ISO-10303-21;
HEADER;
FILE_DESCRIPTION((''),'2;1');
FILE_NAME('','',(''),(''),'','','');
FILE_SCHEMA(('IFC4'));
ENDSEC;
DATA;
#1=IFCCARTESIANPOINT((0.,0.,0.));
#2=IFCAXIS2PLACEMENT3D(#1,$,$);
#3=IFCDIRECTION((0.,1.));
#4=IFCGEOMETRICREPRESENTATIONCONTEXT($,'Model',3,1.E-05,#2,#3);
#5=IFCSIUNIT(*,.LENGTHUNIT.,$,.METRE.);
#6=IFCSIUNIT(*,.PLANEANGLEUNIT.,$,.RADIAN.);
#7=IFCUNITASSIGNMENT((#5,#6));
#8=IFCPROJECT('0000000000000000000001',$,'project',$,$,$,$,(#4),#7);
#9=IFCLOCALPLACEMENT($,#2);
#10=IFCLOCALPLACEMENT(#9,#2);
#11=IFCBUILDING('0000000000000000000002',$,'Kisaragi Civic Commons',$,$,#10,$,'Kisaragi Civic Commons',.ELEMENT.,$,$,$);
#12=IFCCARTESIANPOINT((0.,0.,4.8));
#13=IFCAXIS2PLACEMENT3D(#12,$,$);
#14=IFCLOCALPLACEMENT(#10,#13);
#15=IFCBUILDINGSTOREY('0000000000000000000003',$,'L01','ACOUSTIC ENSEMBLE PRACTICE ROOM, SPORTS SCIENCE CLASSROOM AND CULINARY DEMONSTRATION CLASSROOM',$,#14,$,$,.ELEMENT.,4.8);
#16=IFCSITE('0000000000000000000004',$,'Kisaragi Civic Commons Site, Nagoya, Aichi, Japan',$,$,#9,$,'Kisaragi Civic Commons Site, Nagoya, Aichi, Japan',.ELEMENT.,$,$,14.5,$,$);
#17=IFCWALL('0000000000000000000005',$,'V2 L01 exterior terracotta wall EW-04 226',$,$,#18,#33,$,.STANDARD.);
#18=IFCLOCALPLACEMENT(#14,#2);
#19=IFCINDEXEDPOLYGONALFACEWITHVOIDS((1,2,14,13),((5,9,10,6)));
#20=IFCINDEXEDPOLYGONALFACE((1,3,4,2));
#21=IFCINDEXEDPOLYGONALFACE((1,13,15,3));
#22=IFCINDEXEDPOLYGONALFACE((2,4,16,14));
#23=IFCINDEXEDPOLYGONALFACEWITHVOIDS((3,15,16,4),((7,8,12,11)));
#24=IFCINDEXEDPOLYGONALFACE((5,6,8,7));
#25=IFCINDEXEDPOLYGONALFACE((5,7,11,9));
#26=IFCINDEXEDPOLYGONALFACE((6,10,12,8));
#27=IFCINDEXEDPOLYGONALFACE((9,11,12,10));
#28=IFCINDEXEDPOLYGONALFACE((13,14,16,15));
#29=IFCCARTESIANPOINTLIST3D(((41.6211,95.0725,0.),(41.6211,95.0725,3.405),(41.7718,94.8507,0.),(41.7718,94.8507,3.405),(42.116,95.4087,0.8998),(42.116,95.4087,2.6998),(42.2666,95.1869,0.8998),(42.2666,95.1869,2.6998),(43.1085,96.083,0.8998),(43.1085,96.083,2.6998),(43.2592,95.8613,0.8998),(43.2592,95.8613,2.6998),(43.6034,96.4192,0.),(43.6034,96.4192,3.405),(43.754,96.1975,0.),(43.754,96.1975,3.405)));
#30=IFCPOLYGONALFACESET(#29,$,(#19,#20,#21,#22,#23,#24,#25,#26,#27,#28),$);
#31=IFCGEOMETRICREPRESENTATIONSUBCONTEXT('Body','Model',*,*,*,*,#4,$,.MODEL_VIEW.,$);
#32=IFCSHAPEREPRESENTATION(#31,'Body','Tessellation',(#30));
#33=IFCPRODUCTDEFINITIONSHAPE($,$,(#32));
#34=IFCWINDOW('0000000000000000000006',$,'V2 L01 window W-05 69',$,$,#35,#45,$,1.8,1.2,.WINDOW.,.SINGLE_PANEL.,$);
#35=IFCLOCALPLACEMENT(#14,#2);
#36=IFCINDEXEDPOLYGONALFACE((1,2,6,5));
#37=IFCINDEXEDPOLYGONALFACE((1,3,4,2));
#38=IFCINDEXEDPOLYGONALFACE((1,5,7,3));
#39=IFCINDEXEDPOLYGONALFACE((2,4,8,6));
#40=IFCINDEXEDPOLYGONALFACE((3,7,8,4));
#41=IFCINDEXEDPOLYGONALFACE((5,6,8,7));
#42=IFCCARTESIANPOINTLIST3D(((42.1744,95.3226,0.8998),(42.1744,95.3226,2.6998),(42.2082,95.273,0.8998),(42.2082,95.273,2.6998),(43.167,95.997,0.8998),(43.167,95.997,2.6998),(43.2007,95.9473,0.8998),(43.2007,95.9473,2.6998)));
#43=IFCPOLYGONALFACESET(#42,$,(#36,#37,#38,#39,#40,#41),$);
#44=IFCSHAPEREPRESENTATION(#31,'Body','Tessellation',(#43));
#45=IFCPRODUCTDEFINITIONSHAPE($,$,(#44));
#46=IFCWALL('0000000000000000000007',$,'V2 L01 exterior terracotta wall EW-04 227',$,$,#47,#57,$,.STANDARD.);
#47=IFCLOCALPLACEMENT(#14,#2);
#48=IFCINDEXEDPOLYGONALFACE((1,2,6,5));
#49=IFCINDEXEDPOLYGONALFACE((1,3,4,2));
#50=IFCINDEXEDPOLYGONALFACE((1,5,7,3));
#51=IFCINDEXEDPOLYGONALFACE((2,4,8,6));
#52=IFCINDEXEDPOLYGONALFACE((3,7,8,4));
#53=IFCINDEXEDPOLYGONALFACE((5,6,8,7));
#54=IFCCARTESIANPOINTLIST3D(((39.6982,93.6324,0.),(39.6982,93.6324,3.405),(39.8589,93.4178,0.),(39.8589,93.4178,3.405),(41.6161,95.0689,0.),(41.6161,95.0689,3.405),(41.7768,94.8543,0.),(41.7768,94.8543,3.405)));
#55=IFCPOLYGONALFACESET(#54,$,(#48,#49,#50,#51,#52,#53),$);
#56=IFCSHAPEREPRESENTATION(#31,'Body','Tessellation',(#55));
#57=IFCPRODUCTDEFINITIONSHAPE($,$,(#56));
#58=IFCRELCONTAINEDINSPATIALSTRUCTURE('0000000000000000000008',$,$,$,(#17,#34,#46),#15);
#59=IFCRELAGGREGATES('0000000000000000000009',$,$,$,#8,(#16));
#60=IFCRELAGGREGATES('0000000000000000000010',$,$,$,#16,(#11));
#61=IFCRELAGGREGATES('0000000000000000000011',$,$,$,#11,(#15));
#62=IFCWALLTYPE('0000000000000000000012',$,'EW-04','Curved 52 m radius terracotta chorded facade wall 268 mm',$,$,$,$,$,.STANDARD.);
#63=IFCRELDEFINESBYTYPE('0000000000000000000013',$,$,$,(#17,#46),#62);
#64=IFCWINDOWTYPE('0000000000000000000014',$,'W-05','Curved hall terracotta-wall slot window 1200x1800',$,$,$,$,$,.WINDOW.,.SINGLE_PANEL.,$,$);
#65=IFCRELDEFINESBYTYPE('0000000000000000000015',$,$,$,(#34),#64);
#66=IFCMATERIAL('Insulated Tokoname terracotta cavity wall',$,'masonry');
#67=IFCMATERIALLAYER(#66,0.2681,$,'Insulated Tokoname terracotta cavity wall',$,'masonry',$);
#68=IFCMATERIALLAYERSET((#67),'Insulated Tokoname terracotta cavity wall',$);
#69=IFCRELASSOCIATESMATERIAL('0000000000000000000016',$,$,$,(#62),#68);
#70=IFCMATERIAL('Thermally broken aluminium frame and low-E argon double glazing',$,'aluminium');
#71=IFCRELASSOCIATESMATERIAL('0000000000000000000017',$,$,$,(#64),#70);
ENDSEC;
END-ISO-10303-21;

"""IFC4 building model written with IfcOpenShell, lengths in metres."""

from ifc_helpers import new_model, si_unit, direction, frame, frame_2d, origin, place, context, subcontext, project, spatial, rectangle, extrude, material, layer, layer_set, type_object, element, fill, save


model = new_model("IFC4")

# Units and contexts
model_context = context("Model", 3, precision=1e-05, world=origin(), true_north=direction((0.0, 1.0)))
body_context = subcontext(model_context, "Body", "Model", "MODEL_VIEW")
ifc_project = project(units=[si_unit("LENGTHUNIT", "METRE"), si_unit("PLANEANGLEUNIT", "RADIAN")], contexts=[model_context])

# Site, building, storey
site_placement = place(None, origin())
site = spatial("IfcSite", under=ifc_project, at=site_placement, Name="Kisaragi Civic Commons Site, Nagoya, Aichi, Japan", LongName="Kisaragi Civic Commons Site, Nagoya, Aichi, Japan", CompositionType="ELEMENT", RefElevation=14.5)
building_placement = place(site_placement, origin())
building = spatial("IfcBuilding", under=site, at=building_placement, Name="Kisaragi Civic Commons", LongName="Kisaragi Civic Commons", CompositionType="ELEMENT")
storey_placement = place(building_placement, frame((0.0, 0.0, 4.8)))
storey = spatial("IfcBuildingStorey", under=building, at=storey_placement, Name="L01", Description="ACOUSTIC ENSEMBLE PRACTICE ROOM, SPORTS SCIENCE CLASSROOM AND CULINARY DEMONSTRATION CLASSROOM", CompositionType="ELEMENT", Elevation=4.8)

# Shared definitions
ifc_material_1 = material(Name="Insulated Tokoname terracotta cavity wall", Category="masonry")
ifc_layer = layer(ifc_material_1, 0.2681, Name="Insulated Tokoname terracotta cavity wall", Category="masonry")
ifc_layer_set = layer_set([ifc_layer], Name="Insulated Tokoname terracotta cavity wall")
wall_type = type_object("IfcWallType", Name="EW-04", Description="Curved 52 m radius terracotta chorded facade wall 268 mm", PredefinedType="STANDARD", material=ifc_layer_set)

# Shared definitions
ifc_material_2 = material(Name="Thermally broken aluminium frame and low-E argon double glazing", Category="aluminium")
window_type = type_object("IfcWindowType", Name="W-05", Description="Curved hall terracotta-wall slot window 1200x1800", PartitioningType="SINGLE_PANEL", PredefinedType="WINDOW", material=ifc_material_2)

# Wall, opening, window
wall_1_placement = place(storey_placement, frame((43.6787, 96.3083, 0.0), z_axis=(0.0, 0.0, 1.0), x_axis=(-0.82716, -0.561967, 0.0)))
wall_1 = element("IfcWall", 1, at=wall_1_placement, inside=storey, type_object=wall_type, Name="V2 L01 exterior terracotta wall EW-04 226", PredefinedType="STANDARD", context=body_context, shape_type="SweptSolid", body=[
    extrude(rectangle(XDim=2.3965, YDim=0.2681, at=frame_2d((1.1982, 0.0))), origin(), (0.0, 0.0, 1.0), 3.405),
])
opening_1_placement = place(wall_1_placement, frame((0.5981, 0.0, 0.8999)))
opening_1 = element("IfcOpeningElement", 2, at=opening_1_placement, cuts=wall_1, PredefinedType="OPENING", context=body_context, shape_type="SweptSolid", body=[
    extrude(rectangle(XDim=1.2, YDim=1.8, at=frame_2d((0.6001, 0.8999))), frame((0.0, 0.144, 0.0), z_axis=(0.0, -1.0, 0.0), x_axis=(1.0, 0.0, 0.0)), (0.0, 0.0, 1.0), 0.2881),
])
window_1_placement = place(opening_1_placement, origin())
window_1 = element("IfcWindow", 3, at=window_1_placement, inside=storey, type_object=window_type, Name="V2 L01 window W-05 69", OverallHeight=1.8, OverallWidth=1.2, PartitioningType="SINGLE_PANEL", PredefinedType="WINDOW", context=body_context, shape_type="SweptSolid", body=[
    extrude(rectangle(XDim=1.2, YDim=1.8, at=frame_2d((0.6001, 0.8999))), frame((0.0, 0.03, 0.0), z_axis=(0.0, -1.0, 0.0), x_axis=(1.0, 0.0, 0.0)), (0.0, 0.0, 1.0), 0.0601),
])
fill(opening_1, window_1)

# Wall
wall_2_placement = place(storey_placement, frame((41.6965, 94.9617, 0.0), z_axis=(0.0, 0.0, 1.0), x_axis=(-0.800391, -0.599478, 0.0)))
element("IfcWall", 4, at=wall_2_placement, inside=storey, type_object=wall_type, Name="V2 L01 exterior terracotta wall EW-04 227", PredefinedType="STANDARD", context=body_context, shape_type="SweptSolid", body=[
    extrude(rectangle(XDim=2.3962, YDim=0.2681, at=frame_2d((1.1982, 0.0))), origin(), (0.0, 0.0, 1.0), 3.405),
])

save(model, "model.ifc")
